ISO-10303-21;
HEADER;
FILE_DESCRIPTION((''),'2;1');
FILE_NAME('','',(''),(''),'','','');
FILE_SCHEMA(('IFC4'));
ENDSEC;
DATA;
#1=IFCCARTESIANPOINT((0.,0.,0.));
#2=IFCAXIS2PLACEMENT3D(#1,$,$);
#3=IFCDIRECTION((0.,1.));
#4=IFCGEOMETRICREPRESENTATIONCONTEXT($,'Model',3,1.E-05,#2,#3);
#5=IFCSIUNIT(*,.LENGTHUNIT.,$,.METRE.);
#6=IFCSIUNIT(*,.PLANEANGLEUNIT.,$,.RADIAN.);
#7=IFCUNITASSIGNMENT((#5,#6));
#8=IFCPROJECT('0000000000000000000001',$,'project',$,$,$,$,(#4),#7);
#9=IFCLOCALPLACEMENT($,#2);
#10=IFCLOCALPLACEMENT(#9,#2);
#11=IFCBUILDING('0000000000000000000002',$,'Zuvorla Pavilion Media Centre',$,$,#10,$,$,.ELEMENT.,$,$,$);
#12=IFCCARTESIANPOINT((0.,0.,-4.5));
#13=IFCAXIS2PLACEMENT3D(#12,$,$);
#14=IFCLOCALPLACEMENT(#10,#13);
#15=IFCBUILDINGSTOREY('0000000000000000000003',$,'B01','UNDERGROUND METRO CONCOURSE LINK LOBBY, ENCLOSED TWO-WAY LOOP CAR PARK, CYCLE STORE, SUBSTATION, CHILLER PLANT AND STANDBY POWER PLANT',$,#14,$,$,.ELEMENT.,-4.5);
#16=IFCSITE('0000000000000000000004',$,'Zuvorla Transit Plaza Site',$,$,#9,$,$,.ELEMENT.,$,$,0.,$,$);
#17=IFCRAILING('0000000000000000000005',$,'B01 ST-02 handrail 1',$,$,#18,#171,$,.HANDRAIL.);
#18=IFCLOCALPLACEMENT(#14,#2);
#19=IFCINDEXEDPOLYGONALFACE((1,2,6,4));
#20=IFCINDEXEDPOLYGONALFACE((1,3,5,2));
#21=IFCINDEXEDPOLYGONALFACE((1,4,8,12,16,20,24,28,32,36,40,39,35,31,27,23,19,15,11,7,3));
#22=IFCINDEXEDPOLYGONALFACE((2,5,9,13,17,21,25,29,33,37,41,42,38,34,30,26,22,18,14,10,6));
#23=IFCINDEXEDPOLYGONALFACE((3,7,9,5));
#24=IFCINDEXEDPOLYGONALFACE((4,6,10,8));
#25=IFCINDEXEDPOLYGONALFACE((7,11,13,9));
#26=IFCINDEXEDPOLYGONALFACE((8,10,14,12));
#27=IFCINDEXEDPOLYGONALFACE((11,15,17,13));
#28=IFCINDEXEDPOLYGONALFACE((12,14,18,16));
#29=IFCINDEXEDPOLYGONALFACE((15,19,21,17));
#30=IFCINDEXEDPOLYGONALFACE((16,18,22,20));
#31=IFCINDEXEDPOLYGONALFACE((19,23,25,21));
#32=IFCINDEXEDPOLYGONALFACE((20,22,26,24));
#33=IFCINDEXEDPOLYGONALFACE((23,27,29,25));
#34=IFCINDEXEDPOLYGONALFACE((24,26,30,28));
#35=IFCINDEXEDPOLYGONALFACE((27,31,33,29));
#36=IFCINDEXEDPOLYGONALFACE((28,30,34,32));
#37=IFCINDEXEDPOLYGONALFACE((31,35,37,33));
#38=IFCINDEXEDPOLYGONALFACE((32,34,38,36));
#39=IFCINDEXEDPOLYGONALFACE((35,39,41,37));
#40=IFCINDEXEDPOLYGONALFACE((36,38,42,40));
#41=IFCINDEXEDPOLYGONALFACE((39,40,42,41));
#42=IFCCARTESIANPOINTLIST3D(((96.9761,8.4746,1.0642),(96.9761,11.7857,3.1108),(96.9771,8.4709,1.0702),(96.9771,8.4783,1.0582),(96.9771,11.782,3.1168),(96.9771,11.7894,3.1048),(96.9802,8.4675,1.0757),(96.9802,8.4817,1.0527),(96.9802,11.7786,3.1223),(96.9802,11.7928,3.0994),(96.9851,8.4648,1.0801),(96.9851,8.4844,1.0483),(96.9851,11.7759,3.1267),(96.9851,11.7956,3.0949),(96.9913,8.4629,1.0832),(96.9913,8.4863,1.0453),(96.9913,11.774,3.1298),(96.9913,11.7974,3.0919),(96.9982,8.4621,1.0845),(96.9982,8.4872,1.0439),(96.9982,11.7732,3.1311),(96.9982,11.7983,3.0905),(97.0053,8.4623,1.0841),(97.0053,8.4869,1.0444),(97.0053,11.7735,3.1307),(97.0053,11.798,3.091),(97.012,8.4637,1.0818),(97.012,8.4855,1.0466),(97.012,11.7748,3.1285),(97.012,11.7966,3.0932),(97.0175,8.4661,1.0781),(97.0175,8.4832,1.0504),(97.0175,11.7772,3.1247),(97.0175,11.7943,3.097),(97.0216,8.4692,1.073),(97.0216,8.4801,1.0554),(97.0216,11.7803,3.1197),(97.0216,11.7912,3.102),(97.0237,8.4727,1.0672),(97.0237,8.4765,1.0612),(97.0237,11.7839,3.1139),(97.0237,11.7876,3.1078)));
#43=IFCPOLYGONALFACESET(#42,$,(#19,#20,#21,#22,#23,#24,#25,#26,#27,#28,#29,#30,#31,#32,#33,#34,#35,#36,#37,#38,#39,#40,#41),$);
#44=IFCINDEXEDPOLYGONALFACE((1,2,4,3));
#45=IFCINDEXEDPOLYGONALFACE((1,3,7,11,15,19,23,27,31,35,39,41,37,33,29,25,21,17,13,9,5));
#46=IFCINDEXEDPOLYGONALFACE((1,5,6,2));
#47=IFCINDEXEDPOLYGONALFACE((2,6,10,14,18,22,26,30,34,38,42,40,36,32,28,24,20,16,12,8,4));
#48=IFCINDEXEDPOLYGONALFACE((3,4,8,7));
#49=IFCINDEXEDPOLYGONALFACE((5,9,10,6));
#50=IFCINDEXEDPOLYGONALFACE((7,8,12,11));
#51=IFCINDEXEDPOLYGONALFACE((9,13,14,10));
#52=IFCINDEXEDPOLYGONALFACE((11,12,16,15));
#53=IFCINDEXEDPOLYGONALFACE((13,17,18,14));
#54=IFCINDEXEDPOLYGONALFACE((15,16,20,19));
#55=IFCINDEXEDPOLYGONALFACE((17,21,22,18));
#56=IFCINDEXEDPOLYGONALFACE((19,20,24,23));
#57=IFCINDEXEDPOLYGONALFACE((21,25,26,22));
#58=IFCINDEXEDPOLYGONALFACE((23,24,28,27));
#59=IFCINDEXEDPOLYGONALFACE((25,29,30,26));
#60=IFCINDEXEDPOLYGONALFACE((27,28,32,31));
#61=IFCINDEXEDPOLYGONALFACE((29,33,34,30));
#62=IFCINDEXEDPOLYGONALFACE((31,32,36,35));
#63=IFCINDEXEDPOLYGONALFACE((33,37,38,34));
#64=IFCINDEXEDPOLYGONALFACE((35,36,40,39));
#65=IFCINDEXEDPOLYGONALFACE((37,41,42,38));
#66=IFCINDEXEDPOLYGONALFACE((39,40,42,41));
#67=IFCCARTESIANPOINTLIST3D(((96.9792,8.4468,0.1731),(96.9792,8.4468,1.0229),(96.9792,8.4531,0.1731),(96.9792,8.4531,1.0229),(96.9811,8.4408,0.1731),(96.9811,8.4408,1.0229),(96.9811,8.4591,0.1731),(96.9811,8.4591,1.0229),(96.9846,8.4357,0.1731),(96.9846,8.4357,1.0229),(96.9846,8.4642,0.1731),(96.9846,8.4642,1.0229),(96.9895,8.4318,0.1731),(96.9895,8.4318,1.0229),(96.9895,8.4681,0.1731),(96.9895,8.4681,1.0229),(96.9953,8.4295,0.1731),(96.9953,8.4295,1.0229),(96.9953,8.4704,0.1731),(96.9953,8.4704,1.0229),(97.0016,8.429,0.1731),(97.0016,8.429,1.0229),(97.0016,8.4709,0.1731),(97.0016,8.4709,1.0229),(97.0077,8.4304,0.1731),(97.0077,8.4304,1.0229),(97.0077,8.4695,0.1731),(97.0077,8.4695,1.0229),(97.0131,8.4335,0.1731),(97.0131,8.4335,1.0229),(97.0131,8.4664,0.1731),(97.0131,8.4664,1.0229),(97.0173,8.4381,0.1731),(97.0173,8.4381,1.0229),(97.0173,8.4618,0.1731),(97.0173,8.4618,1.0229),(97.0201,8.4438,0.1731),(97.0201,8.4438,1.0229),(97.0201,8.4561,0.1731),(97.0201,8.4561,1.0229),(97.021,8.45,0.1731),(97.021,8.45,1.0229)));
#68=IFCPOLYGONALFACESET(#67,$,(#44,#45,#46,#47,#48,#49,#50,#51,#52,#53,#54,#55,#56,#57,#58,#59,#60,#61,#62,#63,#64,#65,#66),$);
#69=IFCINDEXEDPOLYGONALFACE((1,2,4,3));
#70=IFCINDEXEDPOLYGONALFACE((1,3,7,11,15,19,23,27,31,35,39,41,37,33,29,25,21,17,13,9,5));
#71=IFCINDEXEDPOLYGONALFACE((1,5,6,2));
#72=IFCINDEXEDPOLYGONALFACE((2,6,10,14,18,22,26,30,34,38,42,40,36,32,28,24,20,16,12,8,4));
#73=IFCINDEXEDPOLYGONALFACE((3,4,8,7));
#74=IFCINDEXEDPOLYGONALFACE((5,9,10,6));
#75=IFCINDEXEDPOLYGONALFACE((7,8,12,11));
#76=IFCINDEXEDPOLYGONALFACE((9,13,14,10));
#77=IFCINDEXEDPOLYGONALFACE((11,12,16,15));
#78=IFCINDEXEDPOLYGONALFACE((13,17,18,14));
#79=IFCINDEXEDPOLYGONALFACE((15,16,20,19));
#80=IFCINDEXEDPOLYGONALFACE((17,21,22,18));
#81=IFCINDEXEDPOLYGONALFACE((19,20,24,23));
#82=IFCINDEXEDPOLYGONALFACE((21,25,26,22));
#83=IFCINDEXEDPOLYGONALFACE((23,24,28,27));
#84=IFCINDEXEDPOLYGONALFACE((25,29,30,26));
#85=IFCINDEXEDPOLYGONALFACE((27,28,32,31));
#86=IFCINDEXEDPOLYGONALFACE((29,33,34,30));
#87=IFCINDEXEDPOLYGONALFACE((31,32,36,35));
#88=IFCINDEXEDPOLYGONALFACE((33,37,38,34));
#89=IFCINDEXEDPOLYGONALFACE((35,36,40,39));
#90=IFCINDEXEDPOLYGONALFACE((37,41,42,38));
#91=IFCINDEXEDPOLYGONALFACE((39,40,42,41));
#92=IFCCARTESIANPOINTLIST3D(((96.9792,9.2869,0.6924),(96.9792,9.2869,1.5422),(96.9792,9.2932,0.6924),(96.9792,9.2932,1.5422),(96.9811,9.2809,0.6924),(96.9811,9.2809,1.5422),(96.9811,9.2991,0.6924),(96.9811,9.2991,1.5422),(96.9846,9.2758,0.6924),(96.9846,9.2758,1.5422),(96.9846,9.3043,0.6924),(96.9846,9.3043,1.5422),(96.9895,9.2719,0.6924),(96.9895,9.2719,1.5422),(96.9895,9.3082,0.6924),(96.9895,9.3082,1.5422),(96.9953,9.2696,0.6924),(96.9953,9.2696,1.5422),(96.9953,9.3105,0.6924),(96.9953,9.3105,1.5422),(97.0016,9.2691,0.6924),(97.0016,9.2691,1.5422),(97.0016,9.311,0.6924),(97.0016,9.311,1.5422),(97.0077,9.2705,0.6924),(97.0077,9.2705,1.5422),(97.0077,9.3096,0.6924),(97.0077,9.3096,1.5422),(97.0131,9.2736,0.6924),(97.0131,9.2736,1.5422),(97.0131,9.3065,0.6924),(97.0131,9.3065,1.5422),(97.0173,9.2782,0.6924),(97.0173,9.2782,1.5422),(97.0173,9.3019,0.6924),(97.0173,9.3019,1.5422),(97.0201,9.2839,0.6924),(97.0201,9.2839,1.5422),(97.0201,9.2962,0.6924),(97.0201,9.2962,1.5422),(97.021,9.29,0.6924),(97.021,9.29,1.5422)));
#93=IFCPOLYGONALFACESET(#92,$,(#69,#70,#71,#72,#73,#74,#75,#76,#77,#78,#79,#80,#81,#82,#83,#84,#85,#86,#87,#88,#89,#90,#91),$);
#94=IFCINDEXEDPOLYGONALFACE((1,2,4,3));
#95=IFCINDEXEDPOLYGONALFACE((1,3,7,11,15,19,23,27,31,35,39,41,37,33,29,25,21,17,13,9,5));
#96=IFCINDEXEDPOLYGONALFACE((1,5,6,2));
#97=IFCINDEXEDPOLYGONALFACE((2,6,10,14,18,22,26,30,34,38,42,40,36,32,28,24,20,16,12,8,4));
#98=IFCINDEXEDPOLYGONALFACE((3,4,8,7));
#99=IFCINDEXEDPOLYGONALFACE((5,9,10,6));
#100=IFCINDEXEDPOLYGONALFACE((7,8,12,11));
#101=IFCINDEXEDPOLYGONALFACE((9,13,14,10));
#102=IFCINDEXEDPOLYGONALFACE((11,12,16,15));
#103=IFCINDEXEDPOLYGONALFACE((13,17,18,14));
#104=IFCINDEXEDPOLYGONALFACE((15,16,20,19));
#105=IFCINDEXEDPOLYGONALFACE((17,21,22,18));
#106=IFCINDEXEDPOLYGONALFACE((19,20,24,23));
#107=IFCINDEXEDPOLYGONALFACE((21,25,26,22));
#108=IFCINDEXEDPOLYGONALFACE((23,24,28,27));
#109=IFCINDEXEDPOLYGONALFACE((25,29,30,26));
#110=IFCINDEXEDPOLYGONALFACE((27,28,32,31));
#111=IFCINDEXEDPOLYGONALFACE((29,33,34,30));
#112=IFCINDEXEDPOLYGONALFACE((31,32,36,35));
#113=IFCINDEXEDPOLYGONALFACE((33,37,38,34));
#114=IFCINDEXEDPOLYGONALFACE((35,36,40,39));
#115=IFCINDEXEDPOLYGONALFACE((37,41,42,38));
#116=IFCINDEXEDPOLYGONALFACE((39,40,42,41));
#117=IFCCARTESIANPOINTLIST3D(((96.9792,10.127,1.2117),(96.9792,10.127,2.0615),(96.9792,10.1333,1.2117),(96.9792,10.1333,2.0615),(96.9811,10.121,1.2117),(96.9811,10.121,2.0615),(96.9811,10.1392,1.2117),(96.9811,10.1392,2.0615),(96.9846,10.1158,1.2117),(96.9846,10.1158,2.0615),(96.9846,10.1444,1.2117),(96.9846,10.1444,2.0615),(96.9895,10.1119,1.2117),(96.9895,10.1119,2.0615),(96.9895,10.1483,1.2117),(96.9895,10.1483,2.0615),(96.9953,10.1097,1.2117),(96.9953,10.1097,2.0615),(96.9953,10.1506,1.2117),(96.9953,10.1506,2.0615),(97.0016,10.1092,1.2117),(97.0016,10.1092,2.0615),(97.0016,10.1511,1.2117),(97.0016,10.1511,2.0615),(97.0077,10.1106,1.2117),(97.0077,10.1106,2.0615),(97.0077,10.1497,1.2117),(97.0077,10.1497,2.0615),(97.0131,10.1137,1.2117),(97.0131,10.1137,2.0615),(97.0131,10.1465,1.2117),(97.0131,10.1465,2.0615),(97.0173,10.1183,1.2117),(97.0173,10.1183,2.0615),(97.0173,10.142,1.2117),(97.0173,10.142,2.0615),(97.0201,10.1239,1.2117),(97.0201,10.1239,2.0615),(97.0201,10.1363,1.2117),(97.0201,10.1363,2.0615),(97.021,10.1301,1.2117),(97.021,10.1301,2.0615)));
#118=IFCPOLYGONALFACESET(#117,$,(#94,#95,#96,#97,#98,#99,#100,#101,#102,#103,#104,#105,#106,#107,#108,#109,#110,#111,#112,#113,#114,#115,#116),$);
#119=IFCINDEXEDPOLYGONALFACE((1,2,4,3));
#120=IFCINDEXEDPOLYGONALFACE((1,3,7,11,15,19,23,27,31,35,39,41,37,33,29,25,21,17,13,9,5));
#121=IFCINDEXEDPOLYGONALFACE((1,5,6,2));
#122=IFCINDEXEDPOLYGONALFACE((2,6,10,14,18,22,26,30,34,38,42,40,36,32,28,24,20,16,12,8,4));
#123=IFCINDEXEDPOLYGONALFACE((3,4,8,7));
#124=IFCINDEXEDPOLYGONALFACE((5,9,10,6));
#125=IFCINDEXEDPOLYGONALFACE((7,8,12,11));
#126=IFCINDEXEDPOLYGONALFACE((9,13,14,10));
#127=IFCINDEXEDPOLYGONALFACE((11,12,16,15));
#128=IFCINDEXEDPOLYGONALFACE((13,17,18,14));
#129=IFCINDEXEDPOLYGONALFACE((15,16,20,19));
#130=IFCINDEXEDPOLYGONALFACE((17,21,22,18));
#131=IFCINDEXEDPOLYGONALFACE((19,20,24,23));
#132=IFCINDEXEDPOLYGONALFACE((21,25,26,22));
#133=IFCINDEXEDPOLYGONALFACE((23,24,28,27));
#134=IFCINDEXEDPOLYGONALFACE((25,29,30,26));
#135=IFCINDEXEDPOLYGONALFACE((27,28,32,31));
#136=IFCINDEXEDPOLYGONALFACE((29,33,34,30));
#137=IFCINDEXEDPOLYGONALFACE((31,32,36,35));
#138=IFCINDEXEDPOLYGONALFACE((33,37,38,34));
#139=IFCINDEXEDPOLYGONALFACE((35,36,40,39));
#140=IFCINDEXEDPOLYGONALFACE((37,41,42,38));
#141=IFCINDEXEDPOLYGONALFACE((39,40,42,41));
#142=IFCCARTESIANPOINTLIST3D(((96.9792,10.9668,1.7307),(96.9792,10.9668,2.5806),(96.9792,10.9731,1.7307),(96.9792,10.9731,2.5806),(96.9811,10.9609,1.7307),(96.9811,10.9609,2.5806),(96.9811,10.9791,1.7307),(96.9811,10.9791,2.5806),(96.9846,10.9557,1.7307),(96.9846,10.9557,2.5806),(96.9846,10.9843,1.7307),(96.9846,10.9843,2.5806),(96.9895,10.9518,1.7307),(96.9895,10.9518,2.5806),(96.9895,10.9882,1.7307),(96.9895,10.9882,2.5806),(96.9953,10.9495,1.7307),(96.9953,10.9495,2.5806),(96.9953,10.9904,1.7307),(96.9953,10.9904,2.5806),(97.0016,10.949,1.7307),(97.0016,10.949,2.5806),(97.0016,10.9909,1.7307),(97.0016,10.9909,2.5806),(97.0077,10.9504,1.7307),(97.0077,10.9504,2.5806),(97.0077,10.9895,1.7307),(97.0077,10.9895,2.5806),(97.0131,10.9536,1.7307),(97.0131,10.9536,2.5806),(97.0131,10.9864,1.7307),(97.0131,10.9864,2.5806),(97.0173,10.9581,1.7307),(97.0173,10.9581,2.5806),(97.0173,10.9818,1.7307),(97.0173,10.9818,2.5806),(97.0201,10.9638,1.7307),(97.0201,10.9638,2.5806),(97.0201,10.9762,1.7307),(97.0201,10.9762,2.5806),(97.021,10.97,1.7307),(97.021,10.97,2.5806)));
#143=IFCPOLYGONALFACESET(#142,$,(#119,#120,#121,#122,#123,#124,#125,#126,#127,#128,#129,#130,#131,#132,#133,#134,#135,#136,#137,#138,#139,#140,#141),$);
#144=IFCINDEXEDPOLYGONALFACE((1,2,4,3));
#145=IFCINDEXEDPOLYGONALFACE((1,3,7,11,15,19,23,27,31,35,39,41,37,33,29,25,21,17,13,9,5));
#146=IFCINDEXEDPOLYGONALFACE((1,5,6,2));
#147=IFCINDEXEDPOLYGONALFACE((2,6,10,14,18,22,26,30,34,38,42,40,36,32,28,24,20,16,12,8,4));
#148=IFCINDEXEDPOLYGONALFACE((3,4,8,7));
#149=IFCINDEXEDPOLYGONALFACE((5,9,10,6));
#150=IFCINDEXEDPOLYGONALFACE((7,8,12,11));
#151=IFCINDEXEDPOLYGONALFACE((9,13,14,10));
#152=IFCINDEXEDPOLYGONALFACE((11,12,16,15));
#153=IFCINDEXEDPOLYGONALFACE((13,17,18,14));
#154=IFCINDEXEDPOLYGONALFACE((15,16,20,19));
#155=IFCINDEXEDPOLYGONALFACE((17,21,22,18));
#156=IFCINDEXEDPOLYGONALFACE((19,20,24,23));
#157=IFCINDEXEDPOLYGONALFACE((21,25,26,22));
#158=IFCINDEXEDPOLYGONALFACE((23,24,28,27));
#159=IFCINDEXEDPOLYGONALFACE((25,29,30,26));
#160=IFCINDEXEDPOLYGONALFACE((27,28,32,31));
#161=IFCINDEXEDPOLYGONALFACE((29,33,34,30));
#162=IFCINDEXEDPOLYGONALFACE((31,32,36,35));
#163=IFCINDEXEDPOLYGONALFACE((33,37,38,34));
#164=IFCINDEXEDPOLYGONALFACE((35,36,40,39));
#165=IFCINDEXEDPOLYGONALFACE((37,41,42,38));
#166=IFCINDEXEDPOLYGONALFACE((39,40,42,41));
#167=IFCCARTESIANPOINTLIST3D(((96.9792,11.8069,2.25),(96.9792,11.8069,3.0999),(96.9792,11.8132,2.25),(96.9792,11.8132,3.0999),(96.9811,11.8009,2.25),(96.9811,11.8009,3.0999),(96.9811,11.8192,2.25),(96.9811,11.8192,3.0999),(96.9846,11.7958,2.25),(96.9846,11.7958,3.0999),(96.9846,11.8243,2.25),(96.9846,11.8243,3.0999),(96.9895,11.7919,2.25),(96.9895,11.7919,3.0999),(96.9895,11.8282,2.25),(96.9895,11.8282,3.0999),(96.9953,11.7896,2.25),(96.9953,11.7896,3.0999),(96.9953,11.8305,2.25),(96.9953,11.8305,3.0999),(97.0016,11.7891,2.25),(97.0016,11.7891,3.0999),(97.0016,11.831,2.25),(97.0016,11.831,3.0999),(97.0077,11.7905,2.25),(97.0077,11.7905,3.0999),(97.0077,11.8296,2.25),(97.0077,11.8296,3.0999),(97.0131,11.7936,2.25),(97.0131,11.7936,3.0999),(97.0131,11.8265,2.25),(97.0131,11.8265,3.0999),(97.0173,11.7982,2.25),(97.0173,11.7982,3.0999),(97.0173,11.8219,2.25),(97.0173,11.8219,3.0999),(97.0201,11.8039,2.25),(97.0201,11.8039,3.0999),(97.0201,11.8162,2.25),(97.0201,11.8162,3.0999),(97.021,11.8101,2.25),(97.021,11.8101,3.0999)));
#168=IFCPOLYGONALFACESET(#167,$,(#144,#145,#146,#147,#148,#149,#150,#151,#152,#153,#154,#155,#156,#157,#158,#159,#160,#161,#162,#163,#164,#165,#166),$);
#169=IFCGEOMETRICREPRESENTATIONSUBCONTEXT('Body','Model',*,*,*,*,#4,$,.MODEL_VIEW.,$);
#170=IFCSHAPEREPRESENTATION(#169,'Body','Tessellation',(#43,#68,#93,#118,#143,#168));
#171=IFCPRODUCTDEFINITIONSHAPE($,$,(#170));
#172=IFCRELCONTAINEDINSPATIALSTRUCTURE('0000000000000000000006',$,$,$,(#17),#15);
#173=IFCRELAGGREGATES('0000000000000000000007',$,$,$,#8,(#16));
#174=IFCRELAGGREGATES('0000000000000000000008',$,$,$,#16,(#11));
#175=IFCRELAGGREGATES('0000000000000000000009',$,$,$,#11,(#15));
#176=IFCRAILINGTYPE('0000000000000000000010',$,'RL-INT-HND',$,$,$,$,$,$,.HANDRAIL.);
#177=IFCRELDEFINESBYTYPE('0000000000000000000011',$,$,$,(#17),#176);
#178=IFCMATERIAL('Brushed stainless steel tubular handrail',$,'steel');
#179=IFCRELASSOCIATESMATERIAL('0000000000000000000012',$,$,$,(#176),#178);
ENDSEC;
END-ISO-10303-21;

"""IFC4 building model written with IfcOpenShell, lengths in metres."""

from ifc_helpers import new_model, si_unit, direction, frame, origin, origin_2d, place, context, subcontext, project, spatial, circle, extrude, material, type_object, element, save


model = new_model("IFC4")

# Units and contexts
model_context = context("Model", 3, precision=1e-05, world=origin(), true_north=direction((0.0, 1.0)))
body_context = subcontext(model_context, "Body", "Model", "MODEL_VIEW")
ifc_project = project(units=[si_unit("LENGTHUNIT", "METRE"), si_unit("PLANEANGLEUNIT", "RADIAN")], contexts=[model_context])

# Site, building, storey
site_placement = place(None, origin())
site = spatial("IfcSite", under=ifc_project, at=site_placement, Name="Zuvorla Transit Plaza Site", CompositionType="ELEMENT", RefElevation=0.0)
building_placement = place(site_placement, origin())
building = spatial("IfcBuilding", under=site, at=building_placement, Name="Zuvorla Pavilion Media Centre", CompositionType="ELEMENT")
storey_placement = place(building_placement, frame((0.0, 0.0, -4.5)))
storey = spatial("IfcBuildingStorey", under=building, at=storey_placement, Name="B01", Description="UNDERGROUND METRO CONCOURSE LINK LOBBY, ENCLOSED TWO-WAY LOOP CAR PARK, CYCLE STORE, SUBSTATION, CHILLER PLANT AND STANDBY POWER PLANT", CompositionType="ELEMENT", Elevation=-4.5)

# Railing
ifc_material_1 = material(Name="Brushed stainless steel tubular handrail", Category="steel")
railing_type_1 = type_object("IfcRailingType", Name="RL-INT-HND", PredefinedType="HANDRAIL", material=ifc_material_1)
railing_1_placement = place(storey_placement, frame((97.0, 8.45, 0.1731)))
element("IfcRailing", 1, at=railing_1_placement, inside=storey, type_object=railing_type_1, Name="B01 ST-02 handrail 1", PredefinedType="HANDRAIL", context=body_context, shape_type="SweptSolid", body=[
    extrude(circle(Radius=0.0239, at=origin_2d()), frame((0.0, 0.0247, 0.8911), z_axis=(0.0, 0.850623, 0.525776), x_axis=(-1.0, 0.0, 0.0)), (0.0, 0.0, 1.0), 3.8926),
    extrude(circle(Radius=0.021, at=origin_2d()), origin(), (0.0, 0.0, 1.0), 0.8499),
    extrude(circle(Radius=0.021, at=origin_2d()), frame((0.0, 0.8401, 0.5193)), (0.0, 0.0, 1.0), 0.8499),
    extrude(circle(Radius=0.021, at=origin_2d()), frame((0.0, 1.6802, 1.0386)), (0.0, 0.0, 1.0), 0.8499),
    extrude(circle(Radius=0.021, at=origin_2d()), frame((0.0, 2.52, 1.5576)), (0.0, 0.0, 1.0), 0.8499),
    extrude(circle(Radius=0.021, at=origin_2d()), frame((0.0, 3.3601, 2.0769)), (0.0, 0.0, 1.0), 0.8499),
])

save(model, "model.ifc")
